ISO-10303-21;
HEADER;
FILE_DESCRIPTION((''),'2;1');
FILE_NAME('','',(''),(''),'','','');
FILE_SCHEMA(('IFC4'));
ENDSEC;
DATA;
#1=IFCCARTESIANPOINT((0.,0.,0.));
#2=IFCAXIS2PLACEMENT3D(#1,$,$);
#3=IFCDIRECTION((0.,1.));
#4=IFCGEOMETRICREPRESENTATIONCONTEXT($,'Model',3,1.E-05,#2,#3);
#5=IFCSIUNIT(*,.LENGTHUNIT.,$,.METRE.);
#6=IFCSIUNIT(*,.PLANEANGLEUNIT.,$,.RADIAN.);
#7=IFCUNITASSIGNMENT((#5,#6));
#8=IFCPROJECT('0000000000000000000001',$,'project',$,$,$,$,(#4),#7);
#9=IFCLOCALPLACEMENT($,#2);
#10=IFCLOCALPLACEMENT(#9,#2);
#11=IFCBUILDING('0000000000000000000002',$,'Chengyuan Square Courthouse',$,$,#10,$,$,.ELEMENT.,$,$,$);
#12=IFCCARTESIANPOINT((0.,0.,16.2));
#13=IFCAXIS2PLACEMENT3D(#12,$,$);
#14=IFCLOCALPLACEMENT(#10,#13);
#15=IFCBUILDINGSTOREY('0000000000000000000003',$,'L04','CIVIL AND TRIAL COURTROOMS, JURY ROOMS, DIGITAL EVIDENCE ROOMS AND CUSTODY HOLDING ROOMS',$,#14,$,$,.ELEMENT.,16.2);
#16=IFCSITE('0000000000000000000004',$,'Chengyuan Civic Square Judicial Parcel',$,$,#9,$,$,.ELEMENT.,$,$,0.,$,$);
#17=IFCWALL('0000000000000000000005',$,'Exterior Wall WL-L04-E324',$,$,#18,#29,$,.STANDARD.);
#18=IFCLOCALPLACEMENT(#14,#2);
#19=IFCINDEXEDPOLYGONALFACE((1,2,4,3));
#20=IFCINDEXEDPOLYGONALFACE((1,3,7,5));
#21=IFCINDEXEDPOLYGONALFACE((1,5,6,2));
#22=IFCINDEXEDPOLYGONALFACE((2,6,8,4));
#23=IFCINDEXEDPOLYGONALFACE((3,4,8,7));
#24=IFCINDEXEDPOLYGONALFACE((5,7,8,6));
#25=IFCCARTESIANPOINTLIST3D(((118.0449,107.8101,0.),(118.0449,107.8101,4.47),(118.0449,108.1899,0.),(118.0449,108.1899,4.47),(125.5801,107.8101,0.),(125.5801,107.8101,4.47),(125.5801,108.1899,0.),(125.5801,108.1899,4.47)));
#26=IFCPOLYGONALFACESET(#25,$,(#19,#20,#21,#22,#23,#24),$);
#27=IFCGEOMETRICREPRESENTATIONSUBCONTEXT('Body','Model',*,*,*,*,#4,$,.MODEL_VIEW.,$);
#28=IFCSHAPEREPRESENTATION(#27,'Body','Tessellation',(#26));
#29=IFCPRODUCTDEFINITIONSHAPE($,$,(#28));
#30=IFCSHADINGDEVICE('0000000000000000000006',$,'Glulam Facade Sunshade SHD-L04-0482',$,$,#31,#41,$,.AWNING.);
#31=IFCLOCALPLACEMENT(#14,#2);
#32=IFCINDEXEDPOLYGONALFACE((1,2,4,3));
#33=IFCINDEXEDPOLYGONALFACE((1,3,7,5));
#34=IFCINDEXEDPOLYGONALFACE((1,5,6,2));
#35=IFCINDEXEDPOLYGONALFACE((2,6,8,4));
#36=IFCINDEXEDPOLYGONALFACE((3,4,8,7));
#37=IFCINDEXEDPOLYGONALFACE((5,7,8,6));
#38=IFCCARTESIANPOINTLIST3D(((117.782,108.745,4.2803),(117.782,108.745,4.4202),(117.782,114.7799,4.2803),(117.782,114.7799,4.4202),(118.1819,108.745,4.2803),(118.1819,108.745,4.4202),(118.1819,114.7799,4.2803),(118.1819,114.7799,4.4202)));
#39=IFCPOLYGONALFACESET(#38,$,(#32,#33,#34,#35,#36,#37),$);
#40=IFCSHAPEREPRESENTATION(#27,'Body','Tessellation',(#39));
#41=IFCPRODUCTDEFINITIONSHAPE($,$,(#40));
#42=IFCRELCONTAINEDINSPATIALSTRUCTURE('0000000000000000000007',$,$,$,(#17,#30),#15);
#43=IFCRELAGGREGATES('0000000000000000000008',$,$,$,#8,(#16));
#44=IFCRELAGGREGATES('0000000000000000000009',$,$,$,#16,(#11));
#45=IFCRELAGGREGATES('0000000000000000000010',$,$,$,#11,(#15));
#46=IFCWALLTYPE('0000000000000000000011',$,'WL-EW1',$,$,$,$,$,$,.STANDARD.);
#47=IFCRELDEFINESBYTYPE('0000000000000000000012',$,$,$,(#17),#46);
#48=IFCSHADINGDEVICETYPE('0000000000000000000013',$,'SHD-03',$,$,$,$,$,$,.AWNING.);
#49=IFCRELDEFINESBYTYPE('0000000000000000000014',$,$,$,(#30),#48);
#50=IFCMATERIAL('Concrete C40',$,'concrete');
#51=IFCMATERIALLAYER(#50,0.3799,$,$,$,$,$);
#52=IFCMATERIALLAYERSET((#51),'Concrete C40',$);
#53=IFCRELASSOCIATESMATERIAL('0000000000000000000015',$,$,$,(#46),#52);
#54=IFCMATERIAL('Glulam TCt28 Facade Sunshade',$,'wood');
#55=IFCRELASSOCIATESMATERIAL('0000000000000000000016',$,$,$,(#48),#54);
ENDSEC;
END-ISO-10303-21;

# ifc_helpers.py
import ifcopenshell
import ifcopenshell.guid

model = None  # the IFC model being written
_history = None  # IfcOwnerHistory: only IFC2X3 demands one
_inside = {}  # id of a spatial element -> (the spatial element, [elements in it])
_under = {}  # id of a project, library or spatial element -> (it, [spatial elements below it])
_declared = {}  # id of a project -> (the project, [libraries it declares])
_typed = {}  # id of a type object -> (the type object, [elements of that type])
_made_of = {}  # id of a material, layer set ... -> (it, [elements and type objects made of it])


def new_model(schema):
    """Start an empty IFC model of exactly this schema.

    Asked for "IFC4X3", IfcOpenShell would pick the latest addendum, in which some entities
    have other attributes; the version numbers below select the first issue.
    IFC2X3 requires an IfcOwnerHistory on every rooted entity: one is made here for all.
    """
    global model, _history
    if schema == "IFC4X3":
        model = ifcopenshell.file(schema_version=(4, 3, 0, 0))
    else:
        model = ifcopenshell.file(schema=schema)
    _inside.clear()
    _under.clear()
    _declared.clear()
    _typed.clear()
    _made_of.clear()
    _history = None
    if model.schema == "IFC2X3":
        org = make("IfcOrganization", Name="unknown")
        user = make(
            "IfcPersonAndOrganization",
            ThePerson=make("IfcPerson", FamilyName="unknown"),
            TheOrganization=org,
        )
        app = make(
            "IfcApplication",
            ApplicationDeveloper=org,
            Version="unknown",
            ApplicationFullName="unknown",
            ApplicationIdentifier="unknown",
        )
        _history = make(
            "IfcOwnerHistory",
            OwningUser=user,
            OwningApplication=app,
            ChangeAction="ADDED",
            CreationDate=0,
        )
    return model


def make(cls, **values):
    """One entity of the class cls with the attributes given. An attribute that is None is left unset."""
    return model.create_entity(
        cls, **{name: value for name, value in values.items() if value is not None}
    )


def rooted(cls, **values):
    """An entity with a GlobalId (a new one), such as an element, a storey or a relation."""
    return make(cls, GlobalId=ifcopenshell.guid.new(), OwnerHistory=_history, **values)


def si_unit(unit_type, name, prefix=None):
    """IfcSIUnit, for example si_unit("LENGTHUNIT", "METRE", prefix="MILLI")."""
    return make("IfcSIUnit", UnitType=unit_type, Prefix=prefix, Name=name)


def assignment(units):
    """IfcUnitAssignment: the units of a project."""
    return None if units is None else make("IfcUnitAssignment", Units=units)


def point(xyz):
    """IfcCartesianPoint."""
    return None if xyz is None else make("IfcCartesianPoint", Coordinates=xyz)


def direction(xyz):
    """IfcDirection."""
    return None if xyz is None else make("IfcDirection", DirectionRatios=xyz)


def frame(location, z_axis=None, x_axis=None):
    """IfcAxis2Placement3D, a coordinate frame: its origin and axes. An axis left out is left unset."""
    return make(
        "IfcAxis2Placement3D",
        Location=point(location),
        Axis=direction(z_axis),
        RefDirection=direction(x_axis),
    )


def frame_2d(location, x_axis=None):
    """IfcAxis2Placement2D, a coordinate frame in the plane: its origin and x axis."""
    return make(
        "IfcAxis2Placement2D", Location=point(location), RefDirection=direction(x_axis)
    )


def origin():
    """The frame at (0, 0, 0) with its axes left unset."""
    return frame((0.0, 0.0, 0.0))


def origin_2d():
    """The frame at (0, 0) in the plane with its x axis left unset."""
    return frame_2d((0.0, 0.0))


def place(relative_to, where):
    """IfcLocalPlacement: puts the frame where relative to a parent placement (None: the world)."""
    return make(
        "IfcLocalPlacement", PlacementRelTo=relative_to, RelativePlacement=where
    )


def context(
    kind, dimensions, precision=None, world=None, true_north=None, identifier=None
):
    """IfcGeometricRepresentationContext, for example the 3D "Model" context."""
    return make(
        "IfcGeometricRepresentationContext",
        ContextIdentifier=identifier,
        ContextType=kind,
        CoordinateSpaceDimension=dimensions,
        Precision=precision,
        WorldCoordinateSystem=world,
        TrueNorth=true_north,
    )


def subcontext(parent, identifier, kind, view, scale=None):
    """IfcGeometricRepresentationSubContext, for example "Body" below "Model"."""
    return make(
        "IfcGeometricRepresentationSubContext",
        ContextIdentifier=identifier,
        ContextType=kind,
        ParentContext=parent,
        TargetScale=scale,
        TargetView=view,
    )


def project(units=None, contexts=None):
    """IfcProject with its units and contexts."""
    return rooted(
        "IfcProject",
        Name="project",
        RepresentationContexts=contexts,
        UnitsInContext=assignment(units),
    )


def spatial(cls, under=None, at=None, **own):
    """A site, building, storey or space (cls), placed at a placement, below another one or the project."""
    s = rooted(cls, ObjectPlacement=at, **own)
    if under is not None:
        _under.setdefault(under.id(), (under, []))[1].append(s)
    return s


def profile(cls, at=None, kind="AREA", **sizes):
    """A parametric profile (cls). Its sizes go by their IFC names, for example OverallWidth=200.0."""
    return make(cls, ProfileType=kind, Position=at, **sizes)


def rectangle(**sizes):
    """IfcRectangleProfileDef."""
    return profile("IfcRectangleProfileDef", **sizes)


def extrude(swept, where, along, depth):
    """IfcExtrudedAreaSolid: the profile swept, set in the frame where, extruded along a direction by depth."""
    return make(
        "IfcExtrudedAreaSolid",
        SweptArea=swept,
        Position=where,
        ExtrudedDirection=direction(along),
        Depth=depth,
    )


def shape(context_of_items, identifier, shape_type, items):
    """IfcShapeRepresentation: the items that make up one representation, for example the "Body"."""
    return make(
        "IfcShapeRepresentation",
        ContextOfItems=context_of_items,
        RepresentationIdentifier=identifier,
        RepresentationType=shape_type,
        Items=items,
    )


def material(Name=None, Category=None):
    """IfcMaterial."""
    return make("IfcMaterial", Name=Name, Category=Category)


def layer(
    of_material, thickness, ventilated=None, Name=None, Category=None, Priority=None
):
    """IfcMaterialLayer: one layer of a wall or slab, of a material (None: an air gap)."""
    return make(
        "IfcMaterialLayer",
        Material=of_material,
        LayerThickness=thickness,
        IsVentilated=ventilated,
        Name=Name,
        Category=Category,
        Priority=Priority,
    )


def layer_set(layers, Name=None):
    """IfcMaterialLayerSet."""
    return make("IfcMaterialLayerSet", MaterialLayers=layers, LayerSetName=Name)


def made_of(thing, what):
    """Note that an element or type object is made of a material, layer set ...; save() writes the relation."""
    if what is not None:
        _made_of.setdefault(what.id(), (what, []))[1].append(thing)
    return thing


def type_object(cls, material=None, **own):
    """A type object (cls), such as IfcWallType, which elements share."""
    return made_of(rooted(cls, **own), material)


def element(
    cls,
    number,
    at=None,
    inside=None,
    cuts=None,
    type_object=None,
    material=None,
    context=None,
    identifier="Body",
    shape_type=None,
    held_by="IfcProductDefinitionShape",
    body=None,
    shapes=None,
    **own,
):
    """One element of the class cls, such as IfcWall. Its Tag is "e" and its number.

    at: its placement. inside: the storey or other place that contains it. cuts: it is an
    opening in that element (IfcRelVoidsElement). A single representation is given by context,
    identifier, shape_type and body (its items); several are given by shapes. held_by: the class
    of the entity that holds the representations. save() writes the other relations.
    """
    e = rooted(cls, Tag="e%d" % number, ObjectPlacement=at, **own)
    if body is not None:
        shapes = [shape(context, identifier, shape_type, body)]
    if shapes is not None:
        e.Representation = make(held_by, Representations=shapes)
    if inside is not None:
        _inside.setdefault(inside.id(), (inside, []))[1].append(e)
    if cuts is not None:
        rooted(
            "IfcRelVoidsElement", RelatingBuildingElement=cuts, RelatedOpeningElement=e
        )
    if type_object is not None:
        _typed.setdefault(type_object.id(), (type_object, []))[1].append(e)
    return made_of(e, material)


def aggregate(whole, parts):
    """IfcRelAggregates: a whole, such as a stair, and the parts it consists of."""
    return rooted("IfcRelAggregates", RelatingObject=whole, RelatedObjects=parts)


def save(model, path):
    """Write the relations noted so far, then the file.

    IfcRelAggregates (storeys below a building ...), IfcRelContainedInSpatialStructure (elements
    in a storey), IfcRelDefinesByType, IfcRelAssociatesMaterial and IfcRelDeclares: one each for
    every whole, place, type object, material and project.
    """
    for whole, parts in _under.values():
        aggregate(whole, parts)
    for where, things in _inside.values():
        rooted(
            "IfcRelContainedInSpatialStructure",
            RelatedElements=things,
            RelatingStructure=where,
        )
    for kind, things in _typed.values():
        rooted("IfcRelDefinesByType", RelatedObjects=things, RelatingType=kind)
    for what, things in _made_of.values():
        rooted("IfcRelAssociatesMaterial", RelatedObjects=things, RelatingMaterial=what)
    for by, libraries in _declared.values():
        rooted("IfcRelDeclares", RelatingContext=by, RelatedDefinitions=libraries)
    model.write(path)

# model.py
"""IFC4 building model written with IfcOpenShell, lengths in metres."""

from ifc_helpers import new_model, si_unit, direction, frame, frame_2d, origin, origin_2d, place, context, subcontext, project, spatial, rectangle, extrude, material, layer, layer_set, type_object, element, save


model = new_model("IFC4")

# Units and contexts
model_context = context("Model", 3, precision=1e-05, world=origin(), true_north=direction((0.0, 1.0)))
body_context = subcontext(model_context, "Body", "Model", "MODEL_VIEW")
ifc_project = project(units=[si_unit("LENGTHUNIT", "METRE"), si_unit("PLANEANGLEUNIT", "RADIAN")], contexts=[model_context])

# Site, building, storey
site_placement = place(None, origin())
site = spatial("IfcSite", under=ifc_project, at=site_placement, Name="Chengyuan Civic Square Judicial Parcel", CompositionType="ELEMENT", RefElevation=0.0)
building_placement = place(site_placement, origin())
building = spatial("IfcBuilding", under=site, at=building_placement, Name="Chengyuan Square Courthouse", CompositionType="ELEMENT")
storey_placement = place(building_placement, frame((0.0, 0.0, 16.2)))
storey = spatial("IfcBuildingStorey", under=building, at=storey_placement, Name="L04", Description="CIVIL AND TRIAL COURTROOMS, JURY ROOMS, DIGITAL EVIDENCE ROOMS AND CUSTODY HOLDING ROOMS", CompositionType="ELEMENT", Elevation=16.2)

# Shared definitions
ifc_material_1 = material(Name="Concrete C40", Category="concrete")

# Shared definitions
ifc_layer_1 = layer(ifc_material_1, 0.3799)
ifc_layer_set_1 = layer_set([ifc_layer_1], Name="Concrete C40")
wall_type = type_object("IfcWallType", Name="WL-EW1", PredefinedType="STANDARD", material=ifc_layer_set_1)

# Wall
wall_1_placement = place(storey_placement, frame((118.0449, 108.0, 0.0), z_axis=(0.0, 0.0, 1.0), x_axis=(1.0, 0.0, 0.0)))
element("IfcWall", 1, at=wall_1_placement, inside=storey, type_object=wall_type, Name="Exterior Wall WL-L04-E324", PredefinedType="STANDARD", context=body_context, shape_type="SweptSolid", body=[
    extrude(rectangle(XDim=7.5352, YDim=0.3799, at=frame_2d((3.7676, 0.0))), origin(), (0.0, 0.0, 1.0), 4.47),
])

# Shading device
ifc_material_2 = material(Name="Glulam TCt28 Facade Sunshade", Category="wood")
shading_device_type = type_object("IfcShadingDeviceType", Name="SHD-03", PredefinedType="AWNING", material=ifc_material_2)
shading_device_placement = place(storey_placement, frame((117.9819, 111.7625, 4.2803), z_axis=(0.0, 0.0, 1.0), x_axis=(0.0, 1.0, 0.0)))
element("IfcShadingDevice", 2, at=shading_device_placement, inside=storey, type_object=shading_device_type, Name="Glulam Facade Sunshade SHD-L04-0482", PredefinedType="AWNING", context=body_context, shape_type="SweptSolid", body=[
    extrude(rectangle(XDim=6.0349, YDim=0.3999, at=origin_2d()), origin(), (0.0, 0.0, 1.0), 0.1399),
])

save(model, "model.ifc")
